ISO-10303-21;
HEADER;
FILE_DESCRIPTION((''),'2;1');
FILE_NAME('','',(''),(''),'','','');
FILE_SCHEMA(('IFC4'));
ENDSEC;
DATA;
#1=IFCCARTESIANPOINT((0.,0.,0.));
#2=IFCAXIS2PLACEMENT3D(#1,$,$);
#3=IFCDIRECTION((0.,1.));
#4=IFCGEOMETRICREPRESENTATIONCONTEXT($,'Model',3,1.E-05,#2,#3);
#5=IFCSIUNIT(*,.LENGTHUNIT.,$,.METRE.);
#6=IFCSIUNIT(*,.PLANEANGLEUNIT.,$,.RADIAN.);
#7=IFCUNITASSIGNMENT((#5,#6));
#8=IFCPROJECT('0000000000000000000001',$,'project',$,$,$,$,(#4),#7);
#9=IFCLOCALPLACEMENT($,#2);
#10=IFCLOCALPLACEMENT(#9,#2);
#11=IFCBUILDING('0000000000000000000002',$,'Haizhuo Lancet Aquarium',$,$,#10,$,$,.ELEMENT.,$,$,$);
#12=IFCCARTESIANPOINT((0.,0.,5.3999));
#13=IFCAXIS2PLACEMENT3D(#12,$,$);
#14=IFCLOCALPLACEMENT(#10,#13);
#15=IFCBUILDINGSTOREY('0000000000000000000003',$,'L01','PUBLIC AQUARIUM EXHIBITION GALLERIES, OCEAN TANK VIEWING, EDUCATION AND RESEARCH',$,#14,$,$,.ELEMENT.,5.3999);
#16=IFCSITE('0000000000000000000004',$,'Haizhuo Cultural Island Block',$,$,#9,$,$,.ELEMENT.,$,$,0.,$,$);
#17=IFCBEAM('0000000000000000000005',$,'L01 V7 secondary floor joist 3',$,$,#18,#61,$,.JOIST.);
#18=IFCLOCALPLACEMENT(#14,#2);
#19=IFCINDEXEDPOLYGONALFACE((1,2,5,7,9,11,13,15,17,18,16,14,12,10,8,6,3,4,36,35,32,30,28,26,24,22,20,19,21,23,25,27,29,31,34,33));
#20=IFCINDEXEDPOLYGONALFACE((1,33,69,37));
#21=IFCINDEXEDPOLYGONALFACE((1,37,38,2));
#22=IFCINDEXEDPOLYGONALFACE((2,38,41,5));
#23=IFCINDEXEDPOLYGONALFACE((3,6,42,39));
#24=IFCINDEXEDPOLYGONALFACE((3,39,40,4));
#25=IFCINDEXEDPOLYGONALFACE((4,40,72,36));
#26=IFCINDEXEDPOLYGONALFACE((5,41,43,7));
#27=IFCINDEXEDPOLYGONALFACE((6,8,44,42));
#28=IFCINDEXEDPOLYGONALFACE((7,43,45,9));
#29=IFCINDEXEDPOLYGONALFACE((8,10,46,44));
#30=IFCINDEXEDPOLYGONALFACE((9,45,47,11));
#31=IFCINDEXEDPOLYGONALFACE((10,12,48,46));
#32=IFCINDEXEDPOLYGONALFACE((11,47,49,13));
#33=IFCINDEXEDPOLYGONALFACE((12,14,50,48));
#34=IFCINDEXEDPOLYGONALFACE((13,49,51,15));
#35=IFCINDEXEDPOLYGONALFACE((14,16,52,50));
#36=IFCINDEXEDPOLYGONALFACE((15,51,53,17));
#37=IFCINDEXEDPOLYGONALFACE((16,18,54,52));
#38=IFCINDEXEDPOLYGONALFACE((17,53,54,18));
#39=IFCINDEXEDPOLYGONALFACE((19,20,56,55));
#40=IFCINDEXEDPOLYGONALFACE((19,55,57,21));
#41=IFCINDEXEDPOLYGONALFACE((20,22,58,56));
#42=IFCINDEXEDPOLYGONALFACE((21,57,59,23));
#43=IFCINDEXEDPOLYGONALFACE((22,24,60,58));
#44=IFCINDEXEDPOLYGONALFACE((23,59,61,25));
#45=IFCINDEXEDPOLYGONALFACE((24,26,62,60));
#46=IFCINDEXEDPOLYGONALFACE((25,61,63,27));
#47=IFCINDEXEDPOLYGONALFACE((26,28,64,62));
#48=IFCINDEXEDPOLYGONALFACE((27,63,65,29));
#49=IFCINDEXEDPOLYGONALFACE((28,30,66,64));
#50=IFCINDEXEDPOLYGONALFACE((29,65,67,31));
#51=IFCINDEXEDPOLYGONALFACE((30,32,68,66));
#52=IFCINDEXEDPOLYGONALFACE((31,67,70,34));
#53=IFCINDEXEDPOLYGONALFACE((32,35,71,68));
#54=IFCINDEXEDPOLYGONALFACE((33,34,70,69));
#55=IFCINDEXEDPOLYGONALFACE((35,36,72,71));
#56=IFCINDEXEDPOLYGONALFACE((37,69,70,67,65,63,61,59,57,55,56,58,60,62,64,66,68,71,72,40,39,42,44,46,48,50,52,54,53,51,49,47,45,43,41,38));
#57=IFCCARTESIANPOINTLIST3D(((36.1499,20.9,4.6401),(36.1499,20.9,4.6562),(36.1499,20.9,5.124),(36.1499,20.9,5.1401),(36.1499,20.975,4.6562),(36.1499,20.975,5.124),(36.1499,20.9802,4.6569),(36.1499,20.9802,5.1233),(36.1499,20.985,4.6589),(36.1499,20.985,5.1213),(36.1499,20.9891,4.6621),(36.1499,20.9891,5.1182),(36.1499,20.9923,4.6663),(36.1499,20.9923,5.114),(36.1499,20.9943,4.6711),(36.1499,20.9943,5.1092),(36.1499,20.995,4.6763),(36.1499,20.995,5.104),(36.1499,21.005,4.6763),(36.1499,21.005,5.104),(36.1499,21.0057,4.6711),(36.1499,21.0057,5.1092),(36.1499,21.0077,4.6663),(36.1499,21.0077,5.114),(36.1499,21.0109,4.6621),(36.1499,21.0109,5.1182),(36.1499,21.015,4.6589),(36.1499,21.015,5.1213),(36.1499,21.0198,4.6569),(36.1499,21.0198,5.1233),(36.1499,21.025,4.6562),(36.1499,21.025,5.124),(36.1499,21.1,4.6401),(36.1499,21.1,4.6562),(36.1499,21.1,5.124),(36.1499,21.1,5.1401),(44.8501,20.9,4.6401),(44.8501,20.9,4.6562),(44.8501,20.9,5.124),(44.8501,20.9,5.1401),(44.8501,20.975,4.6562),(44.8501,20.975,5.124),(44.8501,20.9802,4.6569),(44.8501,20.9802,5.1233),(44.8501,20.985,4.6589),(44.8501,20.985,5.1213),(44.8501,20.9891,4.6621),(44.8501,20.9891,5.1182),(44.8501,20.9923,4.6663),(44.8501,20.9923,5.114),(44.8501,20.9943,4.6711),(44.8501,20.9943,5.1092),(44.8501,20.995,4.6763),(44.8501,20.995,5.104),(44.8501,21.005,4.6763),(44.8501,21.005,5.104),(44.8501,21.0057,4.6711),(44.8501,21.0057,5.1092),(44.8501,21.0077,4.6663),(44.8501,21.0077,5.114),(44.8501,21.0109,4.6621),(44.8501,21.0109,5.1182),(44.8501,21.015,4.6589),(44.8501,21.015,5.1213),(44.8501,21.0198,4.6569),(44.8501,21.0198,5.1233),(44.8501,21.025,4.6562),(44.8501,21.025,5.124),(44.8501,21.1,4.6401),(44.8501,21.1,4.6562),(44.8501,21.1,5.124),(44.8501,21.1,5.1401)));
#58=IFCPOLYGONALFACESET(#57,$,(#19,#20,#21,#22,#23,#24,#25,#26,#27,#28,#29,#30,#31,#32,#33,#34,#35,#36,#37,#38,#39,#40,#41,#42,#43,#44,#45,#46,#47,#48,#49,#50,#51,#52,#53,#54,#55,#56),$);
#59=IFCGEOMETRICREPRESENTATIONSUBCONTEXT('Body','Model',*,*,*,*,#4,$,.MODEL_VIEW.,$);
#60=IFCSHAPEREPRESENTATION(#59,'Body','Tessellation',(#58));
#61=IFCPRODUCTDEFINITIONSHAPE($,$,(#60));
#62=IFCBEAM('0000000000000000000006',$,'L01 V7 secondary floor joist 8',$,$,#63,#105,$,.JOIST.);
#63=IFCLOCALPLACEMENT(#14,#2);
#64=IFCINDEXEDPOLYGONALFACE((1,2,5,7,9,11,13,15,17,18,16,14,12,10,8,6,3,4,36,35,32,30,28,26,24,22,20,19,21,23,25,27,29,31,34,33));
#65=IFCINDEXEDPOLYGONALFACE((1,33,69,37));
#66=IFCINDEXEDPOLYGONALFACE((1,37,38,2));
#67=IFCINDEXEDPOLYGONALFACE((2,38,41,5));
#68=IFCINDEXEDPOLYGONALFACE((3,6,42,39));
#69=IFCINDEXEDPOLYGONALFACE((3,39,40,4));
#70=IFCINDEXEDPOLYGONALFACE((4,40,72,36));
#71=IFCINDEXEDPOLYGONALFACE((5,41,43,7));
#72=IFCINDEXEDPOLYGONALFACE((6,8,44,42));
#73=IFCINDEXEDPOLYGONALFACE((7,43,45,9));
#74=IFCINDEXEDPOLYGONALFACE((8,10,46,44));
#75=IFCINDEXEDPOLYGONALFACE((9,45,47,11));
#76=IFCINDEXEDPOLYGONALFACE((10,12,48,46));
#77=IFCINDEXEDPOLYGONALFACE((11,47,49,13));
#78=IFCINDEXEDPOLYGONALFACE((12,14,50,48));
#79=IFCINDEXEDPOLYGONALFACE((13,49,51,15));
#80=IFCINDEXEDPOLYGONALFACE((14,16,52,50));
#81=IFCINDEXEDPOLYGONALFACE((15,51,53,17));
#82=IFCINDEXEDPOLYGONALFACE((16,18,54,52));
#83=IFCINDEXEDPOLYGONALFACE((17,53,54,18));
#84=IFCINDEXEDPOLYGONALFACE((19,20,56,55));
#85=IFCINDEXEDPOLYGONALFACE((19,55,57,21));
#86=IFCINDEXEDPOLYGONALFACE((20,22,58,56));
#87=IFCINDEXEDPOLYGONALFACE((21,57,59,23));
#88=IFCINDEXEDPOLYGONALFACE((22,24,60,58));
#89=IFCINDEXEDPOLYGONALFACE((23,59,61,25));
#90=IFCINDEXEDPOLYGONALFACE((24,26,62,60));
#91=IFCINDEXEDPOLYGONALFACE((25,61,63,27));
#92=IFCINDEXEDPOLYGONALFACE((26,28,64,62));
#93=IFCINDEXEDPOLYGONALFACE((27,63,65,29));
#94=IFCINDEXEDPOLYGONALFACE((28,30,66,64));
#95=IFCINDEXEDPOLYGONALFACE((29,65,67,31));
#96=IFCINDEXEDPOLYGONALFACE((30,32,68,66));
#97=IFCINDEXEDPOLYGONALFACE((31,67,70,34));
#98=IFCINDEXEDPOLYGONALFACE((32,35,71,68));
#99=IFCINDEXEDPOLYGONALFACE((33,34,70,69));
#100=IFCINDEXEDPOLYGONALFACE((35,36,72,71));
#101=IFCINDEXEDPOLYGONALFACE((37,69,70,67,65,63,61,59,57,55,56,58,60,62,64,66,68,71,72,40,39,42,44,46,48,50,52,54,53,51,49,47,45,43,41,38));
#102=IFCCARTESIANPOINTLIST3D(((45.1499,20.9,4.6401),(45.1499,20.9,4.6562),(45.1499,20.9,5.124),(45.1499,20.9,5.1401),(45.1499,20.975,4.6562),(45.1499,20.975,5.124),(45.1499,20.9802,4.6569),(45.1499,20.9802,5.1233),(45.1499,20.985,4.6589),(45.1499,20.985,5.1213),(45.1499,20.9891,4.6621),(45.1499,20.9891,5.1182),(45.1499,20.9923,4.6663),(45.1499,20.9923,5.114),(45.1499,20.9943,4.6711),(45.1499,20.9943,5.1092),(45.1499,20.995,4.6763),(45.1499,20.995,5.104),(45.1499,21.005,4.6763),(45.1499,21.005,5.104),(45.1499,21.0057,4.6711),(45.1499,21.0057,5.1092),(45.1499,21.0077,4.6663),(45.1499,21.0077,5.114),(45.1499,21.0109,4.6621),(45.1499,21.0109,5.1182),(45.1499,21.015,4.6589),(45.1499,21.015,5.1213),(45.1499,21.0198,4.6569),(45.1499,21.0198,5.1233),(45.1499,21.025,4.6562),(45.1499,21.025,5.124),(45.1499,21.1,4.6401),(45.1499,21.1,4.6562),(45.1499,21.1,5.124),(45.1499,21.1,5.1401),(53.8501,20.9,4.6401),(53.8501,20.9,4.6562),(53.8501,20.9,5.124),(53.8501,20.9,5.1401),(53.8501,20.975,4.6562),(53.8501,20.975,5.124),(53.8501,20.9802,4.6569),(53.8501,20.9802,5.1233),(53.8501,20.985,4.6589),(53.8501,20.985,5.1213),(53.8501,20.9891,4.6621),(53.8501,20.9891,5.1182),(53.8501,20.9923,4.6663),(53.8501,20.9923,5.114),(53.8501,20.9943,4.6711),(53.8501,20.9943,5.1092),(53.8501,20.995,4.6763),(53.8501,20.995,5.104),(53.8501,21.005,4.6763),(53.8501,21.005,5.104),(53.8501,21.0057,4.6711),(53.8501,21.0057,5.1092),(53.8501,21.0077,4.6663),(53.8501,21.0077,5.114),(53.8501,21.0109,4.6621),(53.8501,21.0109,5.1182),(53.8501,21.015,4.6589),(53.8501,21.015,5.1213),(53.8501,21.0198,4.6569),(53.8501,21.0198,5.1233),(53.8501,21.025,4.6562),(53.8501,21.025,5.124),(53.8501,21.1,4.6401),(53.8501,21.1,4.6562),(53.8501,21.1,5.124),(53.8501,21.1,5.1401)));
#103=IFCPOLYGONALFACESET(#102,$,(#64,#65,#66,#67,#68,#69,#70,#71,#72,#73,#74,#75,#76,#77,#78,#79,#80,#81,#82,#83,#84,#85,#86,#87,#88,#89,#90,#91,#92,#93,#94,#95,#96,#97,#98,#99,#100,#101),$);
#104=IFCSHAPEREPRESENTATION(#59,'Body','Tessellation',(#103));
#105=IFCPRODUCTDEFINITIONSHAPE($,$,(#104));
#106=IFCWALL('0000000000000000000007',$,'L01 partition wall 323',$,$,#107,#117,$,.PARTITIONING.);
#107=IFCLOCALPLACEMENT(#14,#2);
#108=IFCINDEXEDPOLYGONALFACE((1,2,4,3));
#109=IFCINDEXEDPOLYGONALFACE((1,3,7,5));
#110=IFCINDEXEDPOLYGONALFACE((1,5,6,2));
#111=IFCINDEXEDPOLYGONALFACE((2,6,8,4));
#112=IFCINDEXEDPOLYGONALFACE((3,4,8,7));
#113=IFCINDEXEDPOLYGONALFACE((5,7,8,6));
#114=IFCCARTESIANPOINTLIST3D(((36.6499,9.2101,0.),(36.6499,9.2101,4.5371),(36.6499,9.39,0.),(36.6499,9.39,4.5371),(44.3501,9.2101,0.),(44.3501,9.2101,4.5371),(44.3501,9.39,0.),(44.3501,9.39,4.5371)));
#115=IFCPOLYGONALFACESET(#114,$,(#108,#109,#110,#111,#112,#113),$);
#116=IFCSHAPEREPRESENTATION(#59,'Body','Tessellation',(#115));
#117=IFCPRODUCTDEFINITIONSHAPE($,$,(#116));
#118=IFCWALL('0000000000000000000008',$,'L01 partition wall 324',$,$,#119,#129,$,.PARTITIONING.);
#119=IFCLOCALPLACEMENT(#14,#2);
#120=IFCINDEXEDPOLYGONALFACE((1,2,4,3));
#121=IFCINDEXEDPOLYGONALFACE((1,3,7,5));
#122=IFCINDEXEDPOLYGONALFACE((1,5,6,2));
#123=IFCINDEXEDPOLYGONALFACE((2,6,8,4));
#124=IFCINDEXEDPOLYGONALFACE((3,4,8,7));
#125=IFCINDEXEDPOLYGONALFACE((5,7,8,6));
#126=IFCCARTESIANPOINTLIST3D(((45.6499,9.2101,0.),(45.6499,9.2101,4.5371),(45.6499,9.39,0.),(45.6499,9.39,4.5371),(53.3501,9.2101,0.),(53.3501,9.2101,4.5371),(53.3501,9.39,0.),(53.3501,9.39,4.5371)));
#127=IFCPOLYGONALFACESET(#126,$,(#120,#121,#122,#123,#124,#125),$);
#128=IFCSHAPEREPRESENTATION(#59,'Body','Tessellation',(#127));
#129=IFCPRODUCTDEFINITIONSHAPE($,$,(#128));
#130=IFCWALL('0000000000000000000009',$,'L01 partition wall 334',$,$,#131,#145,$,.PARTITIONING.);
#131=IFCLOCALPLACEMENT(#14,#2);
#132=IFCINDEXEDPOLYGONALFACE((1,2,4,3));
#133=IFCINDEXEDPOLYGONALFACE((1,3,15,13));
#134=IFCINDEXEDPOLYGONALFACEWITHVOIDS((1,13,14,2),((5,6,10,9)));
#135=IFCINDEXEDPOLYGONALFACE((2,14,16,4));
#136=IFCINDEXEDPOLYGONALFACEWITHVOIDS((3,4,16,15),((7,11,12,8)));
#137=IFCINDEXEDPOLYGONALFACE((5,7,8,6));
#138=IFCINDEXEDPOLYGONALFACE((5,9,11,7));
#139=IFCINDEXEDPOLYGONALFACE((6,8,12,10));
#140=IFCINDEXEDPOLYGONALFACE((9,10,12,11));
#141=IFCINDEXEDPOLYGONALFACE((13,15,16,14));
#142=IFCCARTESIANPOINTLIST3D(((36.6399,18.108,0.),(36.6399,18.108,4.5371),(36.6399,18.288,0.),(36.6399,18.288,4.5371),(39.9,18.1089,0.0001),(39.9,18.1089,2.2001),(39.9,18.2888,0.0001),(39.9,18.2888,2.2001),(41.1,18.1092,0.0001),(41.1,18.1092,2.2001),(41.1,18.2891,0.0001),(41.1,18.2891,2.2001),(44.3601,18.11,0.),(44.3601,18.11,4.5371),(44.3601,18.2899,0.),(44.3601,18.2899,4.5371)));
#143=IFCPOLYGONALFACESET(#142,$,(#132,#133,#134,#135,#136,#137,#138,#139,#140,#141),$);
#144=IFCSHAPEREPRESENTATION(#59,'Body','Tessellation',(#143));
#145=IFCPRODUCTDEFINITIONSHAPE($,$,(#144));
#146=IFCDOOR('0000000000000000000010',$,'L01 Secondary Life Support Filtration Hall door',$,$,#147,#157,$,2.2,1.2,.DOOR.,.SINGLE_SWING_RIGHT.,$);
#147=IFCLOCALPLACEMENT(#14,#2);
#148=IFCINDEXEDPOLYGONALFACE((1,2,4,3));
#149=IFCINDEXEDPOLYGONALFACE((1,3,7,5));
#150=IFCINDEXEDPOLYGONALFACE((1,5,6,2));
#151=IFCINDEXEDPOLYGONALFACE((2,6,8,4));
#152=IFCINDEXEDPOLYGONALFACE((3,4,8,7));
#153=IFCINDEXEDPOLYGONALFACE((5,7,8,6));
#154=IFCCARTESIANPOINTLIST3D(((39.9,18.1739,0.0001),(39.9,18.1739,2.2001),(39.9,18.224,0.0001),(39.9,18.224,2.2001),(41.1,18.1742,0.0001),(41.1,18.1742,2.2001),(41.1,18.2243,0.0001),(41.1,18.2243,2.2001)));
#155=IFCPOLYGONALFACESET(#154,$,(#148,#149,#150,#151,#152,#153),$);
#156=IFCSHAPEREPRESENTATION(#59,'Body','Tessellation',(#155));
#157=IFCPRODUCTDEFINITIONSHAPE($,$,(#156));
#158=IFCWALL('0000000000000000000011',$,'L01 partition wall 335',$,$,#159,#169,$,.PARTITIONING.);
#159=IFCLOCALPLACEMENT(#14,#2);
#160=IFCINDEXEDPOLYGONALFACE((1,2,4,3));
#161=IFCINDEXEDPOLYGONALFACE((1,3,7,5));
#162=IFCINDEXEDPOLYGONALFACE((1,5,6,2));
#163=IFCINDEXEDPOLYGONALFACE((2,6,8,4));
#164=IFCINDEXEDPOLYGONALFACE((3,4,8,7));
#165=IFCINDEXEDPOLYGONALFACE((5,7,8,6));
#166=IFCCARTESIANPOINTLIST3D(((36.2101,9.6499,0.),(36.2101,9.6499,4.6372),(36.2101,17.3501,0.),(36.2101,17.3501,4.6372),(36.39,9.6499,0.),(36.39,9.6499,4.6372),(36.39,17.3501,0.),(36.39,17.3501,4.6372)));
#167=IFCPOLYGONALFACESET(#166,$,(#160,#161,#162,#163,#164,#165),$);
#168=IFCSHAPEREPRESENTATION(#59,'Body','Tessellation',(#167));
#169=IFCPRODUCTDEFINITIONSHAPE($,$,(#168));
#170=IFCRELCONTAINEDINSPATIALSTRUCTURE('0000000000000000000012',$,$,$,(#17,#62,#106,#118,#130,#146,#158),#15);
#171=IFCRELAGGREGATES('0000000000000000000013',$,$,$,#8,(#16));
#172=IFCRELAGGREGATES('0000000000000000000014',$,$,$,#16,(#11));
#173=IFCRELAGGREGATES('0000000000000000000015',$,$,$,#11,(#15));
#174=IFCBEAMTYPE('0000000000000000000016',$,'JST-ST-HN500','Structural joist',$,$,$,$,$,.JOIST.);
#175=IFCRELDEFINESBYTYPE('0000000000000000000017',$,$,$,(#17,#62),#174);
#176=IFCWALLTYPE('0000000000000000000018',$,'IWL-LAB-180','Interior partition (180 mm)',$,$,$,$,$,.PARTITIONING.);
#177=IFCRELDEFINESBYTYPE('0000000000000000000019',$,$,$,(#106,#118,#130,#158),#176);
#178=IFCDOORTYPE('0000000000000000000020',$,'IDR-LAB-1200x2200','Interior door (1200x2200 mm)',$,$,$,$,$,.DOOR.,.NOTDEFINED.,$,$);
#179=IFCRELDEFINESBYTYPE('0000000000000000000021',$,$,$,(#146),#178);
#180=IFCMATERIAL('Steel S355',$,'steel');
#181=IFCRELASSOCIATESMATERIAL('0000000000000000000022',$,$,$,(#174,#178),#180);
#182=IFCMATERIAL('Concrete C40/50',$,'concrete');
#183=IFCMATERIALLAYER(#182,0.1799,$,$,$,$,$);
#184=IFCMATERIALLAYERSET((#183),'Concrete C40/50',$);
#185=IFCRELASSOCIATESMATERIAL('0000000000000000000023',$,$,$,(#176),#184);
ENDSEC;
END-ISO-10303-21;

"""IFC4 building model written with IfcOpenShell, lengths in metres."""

from ifc_helpers import new_model, si_unit, direction, frame, frame_2d, origin, origin_2d, place, context, subcontext, project, spatial, rectangle, i_section, extrude, material, layer, layer_set, material_profile, profile_set, type_object, element, fill, save


model = new_model("IFC4")

# Units and contexts
model_context = context("Model", 3, precision=1e-05, world=origin(), true_north=direction((0.0, 1.0)))
body_context = subcontext(model_context, "Body", "Model", "MODEL_VIEW")
ifc_project = project(units=[si_unit("LENGTHUNIT", "METRE"), si_unit("PLANEANGLEUNIT", "RADIAN")], contexts=[model_context])

# Site, building, storey
site_placement = place(None, origin())
site = spatial("IfcSite", under=ifc_project, at=site_placement, Name="Haizhuo Cultural Island Block", CompositionType="ELEMENT", RefElevation=0.0)
building_placement = place(site_placement, origin())
building = spatial("IfcBuilding", under=site, at=building_placement, Name="Haizhuo Lancet Aquarium", CompositionType="ELEMENT")
storey_placement = place(building_placement, frame((0.0, 0.0, 5.3999)))
storey = spatial("IfcBuildingStorey", under=building, at=storey_placement, Name="L01", Description="PUBLIC AQUARIUM EXHIBITION GALLERIES, OCEAN TANK VIEWING, EDUCATION AND RESEARCH", CompositionType="ELEMENT", Elevation=5.3999)

# Shared definitions
ifc_material_1 = material(Name="Steel S355", Category="steel")

# Beams
ifc_material_profile_1 = material_profile(ifc_material_1, i_section(OverallWidth=0.2, OverallDepth=0.5, WebThickness=0.01, FlangeThickness=0.0161, FilletRadius=0.02, at=origin_2d()), Name="HN 500x200x10x16")
ifc_profile_set_1 = profile_set([ifc_material_profile_1], Name="Steel S355")
beam_type_1 = type_object("IfcBeamType", Name="JST-ST-HN500", Description="Structural joist", PredefinedType="JOIST", material=ifc_profile_set_1)
for number, where, z_axis, x_axis, name in (
    (1, (36.1499, 21.0, 4.8901), (1.0, 0.0, 0.0), (0.0, 1.0, 0.0), "L01 V7 secondary floor joist 3"),
    (2, (45.1499, 21.0, 4.8901), (1.0, 0.0, 0.0), (0.0, 1.0, 0.0), "L01 V7 secondary floor joist 8"),
):
    element("IfcBeam", number, at=place(storey_placement, frame(where, z_axis=z_axis, x_axis=x_axis)), inside=storey, type_object=beam_type_1, Name=name, PredefinedType="JOIST", context=body_context, shape_type="SweptSolid", body=[
        extrude(i_section(OverallWidth=0.2, OverallDepth=0.5, WebThickness=0.01, FlangeThickness=0.0161, FilletRadius=0.02, at=origin_2d()), origin(), (0.0, 0.0, 1.0), 8.7002),
    ])

# Walls
ifc_material_2 = material(Name="Concrete C40/50", Category="concrete")
ifc_layer_1 = layer(ifc_material_2, 0.1799)
ifc_layer_set_1 = layer_set([ifc_layer_1], Name="Concrete C40/50")
wall_type_1 = type_object("IfcWallType", Name="IWL-LAB-180", Description="Interior partition (180 mm)", PredefinedType="PARTITIONING", material=ifc_layer_set_1)
for number, where, z_axis, x_axis, name in (
    (3, (36.6499, 9.3, 0.0), (0.0, 0.0, 1.0), (1.0, 0.0, 0.0), "L01 partition wall 323"),
    (4, (45.6499, 9.3, 0.0), (0.0, 0.0, 1.0), (1.0, 0.0, 0.0), "L01 partition wall 324"),
):
    element("IfcWall", number, at=place(storey_placement, frame(where, z_axis=z_axis, x_axis=x_axis)), inside=storey, type_object=wall_type_1, Name=name, PredefinedType="PARTITIONING", context=body_context, shape_type="SweptSolid", body=[
        extrude(rectangle(XDim=7.7002, YDim=0.1799, at=frame_2d((3.8501, 0.0))), origin(), (0.0, 0.0, 1.0), 4.5371),
    ])

# Wall, opening, door
wall_1_placement = place(storey_placement, frame((44.3601, 18.2, 0.0), z_axis=(0.0, 0.0, 1.0), x_axis=(-1.0, -0.000253, 0.0)))
wall_1 = element("IfcWall", 5, at=wall_1_placement, inside=storey, type_object=wall_type_1, Name="L01 partition wall 334", PredefinedType="PARTITIONING", context=body_context, shape_type="SweptSolid", body=[
    extrude(rectangle(XDim=7.7202, YDim=0.1799, at=frame_2d((3.8601, 0.0))), origin(), (0.0, 0.0, 1.0), 4.5371),
])
opening_1_placement = place(wall_1_placement, frame((3.26, 0.0, 0.0)))
opening_1 = element("IfcOpeningElement", 6, at=opening_1_placement, cuts=wall_1, PredefinedType="OPENING", context=body_context, shape_type="SweptSolid", body=[
    extrude(rectangle(XDim=1.2, YDim=2.2, at=frame_2d((0.6001, 1.1001))), frame((0.0, 0.0999, 0.0), z_axis=(0.0, -1.0, 0.0), x_axis=(1.0, 0.0, 0.0)), (0.0, 0.0, 1.0), 0.1999),
])
door_type_1 = type_object("IfcDoorType", Name="IDR-LAB-1200x2200", Description="Interior door (1200x2200 mm)", OperationType="NOTDEFINED", PredefinedType="DOOR", material=ifc_material_1)
door_1_placement = place(opening_1_placement, origin())
door_1 = element("IfcDoor", 7, at=door_1_placement, inside=storey, type_object=door_type_1, Name="L01 Secondary Life Support Filtration Hall door", OperationType="SINGLE_SWING_RIGHT", OverallHeight=2.2, OverallWidth=1.2, PredefinedType="DOOR", context=body_context, shape_type="SweptSolid", body=[
    extrude(rectangle(XDim=1.2, YDim=2.2, at=frame_2d((0.6001, 1.1001))), frame((0.0, 0.0249, 0.0), z_axis=(0.0, -1.0, 0.0), x_axis=(1.0, 0.0, 0.0)), (0.0, 0.0, 1.0), 0.05),
])
fill(opening_1, door_1)

# Wall
wall_2_placement = place(storey_placement, frame((36.3, 17.3501, 0.0), z_axis=(0.0, 0.0, 1.0), x_axis=(0.0, -1.0, 0.0)))
element("IfcWall", 8, at=wall_2_placement, inside=storey, type_object=wall_type_1, Name="L01 partition wall 335", PredefinedType="PARTITIONING", context=body_context, shape_type="SweptSolid", body=[
    extrude(rectangle(XDim=7.7002, YDim=0.1799, at=frame_2d((3.8501, 0.0))), origin(), (0.0, 0.0, 1.0), 4.6372),
])

save(model, "model.ifc")
